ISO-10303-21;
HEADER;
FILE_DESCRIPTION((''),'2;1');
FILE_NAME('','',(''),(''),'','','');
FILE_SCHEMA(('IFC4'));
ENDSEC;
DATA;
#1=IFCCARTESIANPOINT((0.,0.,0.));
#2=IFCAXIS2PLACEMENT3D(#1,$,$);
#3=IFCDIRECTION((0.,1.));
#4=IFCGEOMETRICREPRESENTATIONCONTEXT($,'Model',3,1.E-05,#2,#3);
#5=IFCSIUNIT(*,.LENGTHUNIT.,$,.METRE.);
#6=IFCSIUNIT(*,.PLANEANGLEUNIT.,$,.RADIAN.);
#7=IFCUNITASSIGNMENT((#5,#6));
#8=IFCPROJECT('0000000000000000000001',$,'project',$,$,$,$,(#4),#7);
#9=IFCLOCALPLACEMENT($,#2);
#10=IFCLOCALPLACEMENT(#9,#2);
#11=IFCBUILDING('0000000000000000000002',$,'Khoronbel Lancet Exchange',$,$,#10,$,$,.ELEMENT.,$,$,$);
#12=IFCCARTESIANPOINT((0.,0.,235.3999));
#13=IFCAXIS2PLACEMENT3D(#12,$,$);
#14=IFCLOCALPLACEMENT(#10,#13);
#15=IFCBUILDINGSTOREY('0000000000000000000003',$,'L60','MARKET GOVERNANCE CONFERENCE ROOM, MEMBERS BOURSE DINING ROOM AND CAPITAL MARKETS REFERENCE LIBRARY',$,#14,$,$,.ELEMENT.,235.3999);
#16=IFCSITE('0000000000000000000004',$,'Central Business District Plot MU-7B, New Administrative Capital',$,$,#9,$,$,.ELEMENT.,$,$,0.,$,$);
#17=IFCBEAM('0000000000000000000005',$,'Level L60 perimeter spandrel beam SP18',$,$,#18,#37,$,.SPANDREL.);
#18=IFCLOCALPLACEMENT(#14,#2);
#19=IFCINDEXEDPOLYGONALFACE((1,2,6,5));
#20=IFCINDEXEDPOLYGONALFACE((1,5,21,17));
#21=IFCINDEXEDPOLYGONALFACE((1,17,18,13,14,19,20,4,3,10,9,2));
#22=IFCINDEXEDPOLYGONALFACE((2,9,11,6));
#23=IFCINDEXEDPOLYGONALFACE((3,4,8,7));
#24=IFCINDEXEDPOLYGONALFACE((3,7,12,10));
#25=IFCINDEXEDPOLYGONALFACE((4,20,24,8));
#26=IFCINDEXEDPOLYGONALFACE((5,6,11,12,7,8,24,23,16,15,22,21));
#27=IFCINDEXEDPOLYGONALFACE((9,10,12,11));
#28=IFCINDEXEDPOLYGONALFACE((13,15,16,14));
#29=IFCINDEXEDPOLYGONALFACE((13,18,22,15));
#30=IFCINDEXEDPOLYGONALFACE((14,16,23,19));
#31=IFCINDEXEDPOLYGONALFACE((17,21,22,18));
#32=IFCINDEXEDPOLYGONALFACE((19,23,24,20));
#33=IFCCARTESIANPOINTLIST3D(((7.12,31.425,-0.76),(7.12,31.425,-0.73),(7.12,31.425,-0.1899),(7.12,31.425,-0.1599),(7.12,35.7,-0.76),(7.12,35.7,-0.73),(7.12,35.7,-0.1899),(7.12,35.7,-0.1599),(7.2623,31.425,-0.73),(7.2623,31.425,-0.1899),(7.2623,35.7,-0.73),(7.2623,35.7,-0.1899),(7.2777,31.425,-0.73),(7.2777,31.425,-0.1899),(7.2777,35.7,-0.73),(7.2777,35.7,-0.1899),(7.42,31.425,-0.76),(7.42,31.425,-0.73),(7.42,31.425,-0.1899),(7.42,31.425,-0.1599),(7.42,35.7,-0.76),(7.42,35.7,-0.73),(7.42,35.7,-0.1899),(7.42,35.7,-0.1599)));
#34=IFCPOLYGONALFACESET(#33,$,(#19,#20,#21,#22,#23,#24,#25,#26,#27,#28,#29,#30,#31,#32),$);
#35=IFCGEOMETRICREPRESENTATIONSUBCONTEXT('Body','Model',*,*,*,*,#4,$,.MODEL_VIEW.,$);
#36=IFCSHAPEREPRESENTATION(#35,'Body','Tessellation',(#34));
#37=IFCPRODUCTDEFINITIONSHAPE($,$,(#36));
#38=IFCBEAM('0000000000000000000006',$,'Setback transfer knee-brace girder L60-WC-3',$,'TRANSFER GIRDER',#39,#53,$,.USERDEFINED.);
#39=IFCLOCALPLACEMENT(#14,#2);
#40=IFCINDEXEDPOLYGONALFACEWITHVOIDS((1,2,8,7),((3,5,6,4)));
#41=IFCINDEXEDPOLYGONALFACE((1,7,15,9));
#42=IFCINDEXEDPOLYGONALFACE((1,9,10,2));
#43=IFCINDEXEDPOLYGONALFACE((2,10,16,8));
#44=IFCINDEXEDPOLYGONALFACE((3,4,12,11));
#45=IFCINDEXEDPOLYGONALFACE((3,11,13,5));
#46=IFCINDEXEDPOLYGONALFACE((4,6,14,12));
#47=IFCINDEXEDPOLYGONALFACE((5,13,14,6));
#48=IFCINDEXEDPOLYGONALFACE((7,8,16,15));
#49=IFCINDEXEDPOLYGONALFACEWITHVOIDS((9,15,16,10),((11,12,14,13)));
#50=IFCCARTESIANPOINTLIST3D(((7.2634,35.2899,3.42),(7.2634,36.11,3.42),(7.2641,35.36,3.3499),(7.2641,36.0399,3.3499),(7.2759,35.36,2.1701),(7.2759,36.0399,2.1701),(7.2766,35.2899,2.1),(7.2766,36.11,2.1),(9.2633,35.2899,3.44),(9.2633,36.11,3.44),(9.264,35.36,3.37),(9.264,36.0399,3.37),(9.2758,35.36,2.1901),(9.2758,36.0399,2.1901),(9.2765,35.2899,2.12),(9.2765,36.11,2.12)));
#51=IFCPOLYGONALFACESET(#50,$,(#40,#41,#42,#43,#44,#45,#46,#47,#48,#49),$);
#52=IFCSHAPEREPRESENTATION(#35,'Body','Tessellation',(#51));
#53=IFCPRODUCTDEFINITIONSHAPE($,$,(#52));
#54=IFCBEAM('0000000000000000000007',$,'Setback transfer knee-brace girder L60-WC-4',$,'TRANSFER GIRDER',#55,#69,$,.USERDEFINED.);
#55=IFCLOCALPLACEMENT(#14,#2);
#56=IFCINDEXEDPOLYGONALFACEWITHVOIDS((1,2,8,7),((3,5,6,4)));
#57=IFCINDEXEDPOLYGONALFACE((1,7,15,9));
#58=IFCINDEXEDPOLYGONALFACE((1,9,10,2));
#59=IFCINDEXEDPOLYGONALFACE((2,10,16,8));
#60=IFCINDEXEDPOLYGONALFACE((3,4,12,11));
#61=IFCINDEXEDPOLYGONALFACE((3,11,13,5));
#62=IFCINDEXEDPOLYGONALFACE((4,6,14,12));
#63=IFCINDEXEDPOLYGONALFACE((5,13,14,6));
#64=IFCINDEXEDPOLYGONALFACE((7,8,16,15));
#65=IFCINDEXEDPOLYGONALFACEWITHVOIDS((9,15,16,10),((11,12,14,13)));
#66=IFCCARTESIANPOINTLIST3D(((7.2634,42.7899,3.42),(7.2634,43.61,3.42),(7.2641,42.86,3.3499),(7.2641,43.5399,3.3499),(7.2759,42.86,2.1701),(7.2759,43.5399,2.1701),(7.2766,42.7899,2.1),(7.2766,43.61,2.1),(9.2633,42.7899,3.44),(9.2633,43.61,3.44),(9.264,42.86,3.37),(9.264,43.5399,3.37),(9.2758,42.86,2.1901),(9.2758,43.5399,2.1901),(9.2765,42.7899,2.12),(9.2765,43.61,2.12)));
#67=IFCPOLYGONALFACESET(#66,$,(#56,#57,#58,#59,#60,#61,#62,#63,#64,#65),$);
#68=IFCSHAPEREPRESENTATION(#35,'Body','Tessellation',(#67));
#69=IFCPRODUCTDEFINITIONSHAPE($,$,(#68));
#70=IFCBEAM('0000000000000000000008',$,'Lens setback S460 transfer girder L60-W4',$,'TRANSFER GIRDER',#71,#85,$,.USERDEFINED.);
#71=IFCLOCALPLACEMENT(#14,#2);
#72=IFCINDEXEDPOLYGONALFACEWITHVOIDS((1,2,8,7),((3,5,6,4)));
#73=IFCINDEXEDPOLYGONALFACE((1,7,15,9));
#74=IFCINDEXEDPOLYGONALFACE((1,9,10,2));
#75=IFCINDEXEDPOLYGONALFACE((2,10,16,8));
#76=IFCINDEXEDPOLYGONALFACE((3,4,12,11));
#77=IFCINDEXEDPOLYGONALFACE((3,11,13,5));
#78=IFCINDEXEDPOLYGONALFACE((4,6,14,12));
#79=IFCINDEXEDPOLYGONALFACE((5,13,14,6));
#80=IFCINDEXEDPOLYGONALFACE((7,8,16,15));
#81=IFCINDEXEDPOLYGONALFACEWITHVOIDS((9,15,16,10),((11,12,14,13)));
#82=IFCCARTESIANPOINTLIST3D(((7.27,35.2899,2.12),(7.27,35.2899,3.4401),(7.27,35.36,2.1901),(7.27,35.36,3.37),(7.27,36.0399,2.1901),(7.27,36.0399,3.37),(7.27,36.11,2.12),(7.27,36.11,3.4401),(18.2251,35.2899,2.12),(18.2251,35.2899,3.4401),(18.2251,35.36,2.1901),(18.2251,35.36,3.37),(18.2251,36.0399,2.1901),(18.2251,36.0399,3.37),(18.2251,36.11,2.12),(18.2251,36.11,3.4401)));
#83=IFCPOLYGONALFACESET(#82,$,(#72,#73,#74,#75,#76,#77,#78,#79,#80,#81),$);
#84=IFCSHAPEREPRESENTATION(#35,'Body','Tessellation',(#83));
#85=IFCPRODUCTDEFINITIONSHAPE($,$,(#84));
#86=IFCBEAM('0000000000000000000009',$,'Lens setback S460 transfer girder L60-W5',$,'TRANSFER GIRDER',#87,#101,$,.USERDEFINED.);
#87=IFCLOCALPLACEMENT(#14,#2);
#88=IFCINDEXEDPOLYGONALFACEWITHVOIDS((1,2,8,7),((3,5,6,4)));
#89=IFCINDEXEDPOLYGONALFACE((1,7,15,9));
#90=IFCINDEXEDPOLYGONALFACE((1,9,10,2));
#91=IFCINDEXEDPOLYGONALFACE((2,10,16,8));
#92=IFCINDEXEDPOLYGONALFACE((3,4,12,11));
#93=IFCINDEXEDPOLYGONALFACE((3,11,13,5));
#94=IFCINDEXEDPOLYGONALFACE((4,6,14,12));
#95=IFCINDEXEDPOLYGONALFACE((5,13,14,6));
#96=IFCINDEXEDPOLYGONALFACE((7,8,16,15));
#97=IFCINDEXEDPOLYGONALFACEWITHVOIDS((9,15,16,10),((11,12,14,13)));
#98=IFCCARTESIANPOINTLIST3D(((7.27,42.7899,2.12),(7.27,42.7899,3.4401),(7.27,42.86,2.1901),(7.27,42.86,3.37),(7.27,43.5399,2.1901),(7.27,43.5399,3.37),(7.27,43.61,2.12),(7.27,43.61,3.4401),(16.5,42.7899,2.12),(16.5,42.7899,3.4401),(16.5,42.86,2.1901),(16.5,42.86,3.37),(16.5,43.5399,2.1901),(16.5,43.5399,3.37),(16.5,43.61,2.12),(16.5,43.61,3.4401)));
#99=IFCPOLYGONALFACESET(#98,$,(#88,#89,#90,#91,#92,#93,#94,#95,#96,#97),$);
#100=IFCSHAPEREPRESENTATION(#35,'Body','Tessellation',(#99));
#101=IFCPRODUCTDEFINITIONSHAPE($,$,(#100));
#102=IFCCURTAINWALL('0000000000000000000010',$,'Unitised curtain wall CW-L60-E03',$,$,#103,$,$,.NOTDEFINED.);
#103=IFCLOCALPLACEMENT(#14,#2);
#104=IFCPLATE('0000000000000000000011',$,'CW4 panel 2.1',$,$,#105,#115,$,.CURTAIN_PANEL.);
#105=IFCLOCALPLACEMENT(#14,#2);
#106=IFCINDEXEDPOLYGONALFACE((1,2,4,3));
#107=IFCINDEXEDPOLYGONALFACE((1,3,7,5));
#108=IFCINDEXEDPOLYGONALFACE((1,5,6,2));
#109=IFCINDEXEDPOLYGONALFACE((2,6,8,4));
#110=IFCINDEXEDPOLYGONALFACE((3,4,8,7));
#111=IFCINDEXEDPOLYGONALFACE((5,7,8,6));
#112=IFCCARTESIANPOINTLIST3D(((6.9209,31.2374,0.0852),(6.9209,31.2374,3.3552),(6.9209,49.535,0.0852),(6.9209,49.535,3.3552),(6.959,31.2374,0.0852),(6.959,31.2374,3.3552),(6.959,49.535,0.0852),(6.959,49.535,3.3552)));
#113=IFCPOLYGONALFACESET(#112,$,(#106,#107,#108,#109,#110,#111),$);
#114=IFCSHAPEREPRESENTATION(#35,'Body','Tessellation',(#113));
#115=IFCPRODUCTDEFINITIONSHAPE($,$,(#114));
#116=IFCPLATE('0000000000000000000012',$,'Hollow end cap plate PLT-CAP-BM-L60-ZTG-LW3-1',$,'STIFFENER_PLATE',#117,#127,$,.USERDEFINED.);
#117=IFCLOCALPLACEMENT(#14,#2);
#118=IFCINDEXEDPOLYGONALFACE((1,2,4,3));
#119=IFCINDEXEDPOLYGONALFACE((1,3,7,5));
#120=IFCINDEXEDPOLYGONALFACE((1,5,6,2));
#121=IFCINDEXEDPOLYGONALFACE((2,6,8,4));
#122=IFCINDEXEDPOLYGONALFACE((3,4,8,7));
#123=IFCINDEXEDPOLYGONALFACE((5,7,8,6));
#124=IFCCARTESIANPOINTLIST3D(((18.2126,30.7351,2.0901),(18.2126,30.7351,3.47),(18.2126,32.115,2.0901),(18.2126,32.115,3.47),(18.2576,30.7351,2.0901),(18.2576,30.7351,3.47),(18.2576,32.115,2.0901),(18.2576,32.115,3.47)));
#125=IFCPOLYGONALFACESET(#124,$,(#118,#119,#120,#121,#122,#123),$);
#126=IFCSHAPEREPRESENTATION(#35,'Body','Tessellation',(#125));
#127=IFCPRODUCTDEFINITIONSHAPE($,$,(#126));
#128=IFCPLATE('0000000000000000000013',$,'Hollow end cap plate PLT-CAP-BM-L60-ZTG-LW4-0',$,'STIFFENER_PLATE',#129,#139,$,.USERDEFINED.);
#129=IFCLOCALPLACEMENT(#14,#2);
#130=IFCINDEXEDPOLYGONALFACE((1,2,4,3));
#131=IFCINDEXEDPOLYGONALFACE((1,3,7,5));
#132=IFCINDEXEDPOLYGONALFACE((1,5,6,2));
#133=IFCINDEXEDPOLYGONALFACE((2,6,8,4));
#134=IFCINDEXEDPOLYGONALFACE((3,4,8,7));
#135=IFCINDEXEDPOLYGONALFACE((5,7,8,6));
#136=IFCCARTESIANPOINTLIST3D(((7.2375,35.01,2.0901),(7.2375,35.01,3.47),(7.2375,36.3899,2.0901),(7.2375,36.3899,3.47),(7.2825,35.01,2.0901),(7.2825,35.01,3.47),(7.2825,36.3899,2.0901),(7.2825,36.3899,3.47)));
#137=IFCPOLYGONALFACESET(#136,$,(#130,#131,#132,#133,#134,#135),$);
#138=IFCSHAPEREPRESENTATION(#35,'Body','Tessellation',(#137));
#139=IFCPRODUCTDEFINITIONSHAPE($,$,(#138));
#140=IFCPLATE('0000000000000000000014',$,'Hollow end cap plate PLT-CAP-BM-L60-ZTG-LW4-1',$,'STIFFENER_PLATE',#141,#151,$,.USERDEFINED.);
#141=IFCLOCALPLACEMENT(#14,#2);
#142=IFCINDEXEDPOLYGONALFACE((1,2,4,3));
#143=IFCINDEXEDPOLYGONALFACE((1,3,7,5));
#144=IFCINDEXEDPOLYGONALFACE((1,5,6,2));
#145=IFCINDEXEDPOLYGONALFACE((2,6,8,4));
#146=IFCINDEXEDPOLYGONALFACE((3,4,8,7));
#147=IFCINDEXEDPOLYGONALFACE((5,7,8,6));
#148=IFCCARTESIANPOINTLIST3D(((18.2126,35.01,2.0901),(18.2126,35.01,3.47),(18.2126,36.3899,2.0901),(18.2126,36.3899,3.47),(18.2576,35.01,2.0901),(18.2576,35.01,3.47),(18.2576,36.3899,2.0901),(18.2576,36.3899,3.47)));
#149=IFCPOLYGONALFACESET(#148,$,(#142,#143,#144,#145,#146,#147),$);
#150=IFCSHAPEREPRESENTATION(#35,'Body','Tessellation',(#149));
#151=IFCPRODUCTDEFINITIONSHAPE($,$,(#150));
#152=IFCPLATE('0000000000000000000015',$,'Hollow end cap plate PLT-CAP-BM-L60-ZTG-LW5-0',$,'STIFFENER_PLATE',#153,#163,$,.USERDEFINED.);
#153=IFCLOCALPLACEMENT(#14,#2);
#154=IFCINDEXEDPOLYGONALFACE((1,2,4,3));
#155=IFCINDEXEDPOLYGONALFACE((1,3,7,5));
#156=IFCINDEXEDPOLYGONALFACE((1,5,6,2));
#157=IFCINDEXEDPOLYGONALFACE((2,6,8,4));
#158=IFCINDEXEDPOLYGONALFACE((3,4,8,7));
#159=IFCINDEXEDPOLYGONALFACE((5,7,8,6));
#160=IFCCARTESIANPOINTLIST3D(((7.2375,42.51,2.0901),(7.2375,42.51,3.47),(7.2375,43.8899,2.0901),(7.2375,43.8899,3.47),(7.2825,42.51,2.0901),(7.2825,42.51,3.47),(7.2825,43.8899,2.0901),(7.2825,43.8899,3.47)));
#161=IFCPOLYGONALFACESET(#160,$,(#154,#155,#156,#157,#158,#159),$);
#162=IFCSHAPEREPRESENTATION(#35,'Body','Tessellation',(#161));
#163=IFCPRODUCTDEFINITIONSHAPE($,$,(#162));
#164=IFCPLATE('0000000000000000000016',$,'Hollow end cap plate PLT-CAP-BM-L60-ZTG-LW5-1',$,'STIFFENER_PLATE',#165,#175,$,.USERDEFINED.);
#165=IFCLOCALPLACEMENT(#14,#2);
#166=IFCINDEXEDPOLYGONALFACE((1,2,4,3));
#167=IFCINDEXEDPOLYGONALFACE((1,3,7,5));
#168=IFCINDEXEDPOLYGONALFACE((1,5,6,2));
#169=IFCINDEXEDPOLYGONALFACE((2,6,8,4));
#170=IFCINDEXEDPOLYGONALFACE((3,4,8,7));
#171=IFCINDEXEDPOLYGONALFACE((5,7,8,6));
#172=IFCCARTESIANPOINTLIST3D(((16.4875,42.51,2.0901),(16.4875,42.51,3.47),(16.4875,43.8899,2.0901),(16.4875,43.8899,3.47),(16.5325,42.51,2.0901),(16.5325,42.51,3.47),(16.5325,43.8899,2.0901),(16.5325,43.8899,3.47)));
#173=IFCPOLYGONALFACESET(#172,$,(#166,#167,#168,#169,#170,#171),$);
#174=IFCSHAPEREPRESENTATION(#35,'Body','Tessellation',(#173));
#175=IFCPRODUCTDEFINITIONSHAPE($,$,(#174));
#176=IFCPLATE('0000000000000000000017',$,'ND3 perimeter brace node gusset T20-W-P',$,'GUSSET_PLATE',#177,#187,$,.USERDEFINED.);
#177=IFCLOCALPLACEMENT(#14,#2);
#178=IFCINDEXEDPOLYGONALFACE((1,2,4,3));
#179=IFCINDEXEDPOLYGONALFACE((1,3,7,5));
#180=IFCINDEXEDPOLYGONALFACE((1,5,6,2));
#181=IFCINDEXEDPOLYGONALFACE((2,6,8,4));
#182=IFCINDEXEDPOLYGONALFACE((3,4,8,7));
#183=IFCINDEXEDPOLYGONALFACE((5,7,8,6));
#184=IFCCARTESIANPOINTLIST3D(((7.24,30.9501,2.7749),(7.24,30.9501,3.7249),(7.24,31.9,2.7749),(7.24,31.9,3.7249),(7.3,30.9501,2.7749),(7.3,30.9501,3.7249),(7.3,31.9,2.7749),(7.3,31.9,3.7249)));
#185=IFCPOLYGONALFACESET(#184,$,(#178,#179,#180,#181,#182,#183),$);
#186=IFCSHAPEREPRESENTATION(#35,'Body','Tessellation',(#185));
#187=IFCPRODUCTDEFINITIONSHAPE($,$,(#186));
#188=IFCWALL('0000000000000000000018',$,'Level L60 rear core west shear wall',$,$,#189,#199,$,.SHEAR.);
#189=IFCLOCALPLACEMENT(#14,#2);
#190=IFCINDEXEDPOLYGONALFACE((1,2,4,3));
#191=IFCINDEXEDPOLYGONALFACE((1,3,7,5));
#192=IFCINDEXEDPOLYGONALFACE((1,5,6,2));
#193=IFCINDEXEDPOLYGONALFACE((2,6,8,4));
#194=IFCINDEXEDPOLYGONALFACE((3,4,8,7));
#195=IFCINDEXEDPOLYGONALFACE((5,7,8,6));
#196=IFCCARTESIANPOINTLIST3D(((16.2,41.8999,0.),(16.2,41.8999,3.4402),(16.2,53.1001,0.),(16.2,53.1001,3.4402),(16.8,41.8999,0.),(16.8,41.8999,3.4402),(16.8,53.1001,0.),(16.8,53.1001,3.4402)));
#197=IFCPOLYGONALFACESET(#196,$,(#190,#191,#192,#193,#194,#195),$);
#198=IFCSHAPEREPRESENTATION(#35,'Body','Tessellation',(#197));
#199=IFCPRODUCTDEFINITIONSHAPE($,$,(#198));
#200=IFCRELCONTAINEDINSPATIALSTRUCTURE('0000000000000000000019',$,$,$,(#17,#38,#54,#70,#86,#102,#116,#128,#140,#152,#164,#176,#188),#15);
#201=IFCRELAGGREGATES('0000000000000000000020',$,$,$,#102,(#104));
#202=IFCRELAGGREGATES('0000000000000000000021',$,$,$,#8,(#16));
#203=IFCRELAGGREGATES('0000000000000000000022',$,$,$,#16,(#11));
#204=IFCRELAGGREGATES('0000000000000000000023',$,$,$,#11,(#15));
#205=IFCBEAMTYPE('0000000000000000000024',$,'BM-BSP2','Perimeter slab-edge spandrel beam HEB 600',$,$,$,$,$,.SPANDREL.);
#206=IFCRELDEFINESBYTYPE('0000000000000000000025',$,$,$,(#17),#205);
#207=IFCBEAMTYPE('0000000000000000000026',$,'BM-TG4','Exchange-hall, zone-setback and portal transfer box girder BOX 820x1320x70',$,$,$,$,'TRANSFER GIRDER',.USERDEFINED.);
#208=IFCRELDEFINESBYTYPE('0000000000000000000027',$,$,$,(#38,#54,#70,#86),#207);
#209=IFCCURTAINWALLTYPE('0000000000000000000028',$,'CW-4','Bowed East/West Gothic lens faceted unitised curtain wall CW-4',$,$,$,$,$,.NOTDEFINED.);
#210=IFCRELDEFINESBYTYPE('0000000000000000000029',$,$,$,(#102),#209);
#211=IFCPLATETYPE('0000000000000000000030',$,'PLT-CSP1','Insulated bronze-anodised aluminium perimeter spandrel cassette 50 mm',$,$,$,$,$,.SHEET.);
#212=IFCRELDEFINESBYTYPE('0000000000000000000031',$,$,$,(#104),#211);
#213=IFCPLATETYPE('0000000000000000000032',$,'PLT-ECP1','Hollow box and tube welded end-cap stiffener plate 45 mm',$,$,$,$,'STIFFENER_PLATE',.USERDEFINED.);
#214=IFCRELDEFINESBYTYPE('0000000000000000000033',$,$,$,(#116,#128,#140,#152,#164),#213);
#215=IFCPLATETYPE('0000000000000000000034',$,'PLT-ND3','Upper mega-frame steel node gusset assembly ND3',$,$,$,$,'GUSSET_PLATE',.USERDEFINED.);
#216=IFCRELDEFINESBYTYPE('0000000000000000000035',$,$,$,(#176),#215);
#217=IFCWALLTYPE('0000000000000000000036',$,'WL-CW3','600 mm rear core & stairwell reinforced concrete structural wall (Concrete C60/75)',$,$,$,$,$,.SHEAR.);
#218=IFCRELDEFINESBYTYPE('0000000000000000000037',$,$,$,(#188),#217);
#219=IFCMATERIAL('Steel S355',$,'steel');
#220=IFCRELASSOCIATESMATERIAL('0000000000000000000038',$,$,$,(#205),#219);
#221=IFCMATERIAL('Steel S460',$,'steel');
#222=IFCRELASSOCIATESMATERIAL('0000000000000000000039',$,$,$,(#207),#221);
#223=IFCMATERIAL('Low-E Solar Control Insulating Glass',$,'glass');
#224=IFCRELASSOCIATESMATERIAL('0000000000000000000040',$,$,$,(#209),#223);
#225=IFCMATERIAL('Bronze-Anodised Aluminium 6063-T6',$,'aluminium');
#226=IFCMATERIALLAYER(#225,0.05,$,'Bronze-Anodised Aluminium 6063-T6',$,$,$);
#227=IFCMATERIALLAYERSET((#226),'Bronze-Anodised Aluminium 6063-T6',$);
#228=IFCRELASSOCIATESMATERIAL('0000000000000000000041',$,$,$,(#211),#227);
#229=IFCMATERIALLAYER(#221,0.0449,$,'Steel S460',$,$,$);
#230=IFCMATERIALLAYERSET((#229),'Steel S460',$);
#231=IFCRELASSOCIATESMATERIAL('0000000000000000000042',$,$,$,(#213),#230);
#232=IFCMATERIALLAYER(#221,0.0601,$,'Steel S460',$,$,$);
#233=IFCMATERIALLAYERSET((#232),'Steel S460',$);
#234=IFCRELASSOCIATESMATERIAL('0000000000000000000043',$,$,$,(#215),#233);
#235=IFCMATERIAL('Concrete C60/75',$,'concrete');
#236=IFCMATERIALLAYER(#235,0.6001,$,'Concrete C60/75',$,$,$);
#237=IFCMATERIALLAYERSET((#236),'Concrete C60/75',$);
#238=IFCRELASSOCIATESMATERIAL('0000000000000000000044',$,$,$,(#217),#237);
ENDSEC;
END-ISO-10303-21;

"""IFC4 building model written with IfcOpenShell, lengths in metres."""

from ifc_helpers import new_model, si_unit, direction, frame, frame_2d, origin, origin_2d, place, context, subcontext, project, spatial, rectangle, hollow_rectangle, i_section, extrude, material, layer, layer_set, material_profile, profile_set, type_object, element, aggregate, save


model = new_model("IFC4")

# Units and contexts
model_context = context("Model", 3, precision=1e-05, world=origin(), true_north=direction((0.0, 1.0)))
body_context = subcontext(model_context, "Body", "Model", "MODEL_VIEW")
ifc_project = project(units=[si_unit("LENGTHUNIT", "METRE"), si_unit("PLANEANGLEUNIT", "RADIAN")], contexts=[model_context])

# Site, building, storey
site_placement = place(None, origin())
site = spatial("IfcSite", under=ifc_project, at=site_placement, Name="Central Business District Plot MU-7B, New Administrative Capital", CompositionType="ELEMENT", RefElevation=0.0)
building_placement = place(site_placement, origin())
building = spatial("IfcBuilding", under=site, at=building_placement, Name="Khoronbel Lancet Exchange", CompositionType="ELEMENT")
storey_placement = place(building_placement, frame((0.0, 0.0, 235.3999)))
storey = spatial("IfcBuildingStorey", under=building, at=storey_placement, Name="L60", Description="MARKET GOVERNANCE CONFERENCE ROOM, MEMBERS BOURSE DINING ROOM AND CAPITAL MARKETS REFERENCE LIBRARY", CompositionType="ELEMENT", Elevation=235.3999)

# Shared definitions
ifc_material_1 = material(Name="Steel S355", Category="steel")

# Beams
ifc_material_profile_1 = material_profile(ifc_material_1, i_section(OverallWidth=0.3, OverallDepth=0.6001, WebThickness=0.0154, FlangeThickness=0.03, at=origin_2d()), Name="HEB 600")
ifc_profile_set_1 = profile_set([ifc_material_profile_1], Name="Steel S355")
beam_type_1 = type_object("IfcBeamType", Name="BM-BSP2", Description="Perimeter slab-edge spandrel beam HEB 600", PredefinedType="SPANDREL", material=ifc_profile_set_1)
beam_1_placement = place(storey_placement, frame((7.27, 35.7, -0.46), z_axis=(0.0, -1.0, 0.0), x_axis=(1.0, 0.0, 0.0)))
element("IfcBeam", 1, at=beam_1_placement, inside=storey, type_object=beam_type_1, Name="Level L60 perimeter spandrel beam SP18", PredefinedType="SPANDREL", context=body_context, shape_type="SweptSolid", body=[
    extrude(i_section(OverallWidth=0.3, OverallDepth=0.6001, WebThickness=0.0154, FlangeThickness=0.03, at=origin_2d()), origin(), (0.0, 0.0, 1.0), 4.2749),
])
ifc_material_2 = material(Name="Steel S460", Category="steel")
ifc_material_profile_2 = material_profile(ifc_material_2, hollow_rectangle(XDim=0.8201, YDim=1.3201, WallThickness=0.0701, at=origin_2d()), Name="BOX 820x1320x70")
ifc_profile_set_2 = profile_set([ifc_material_profile_2], Name="Steel S460")
beam_type_2 = type_object("IfcBeamType", Name="BM-TG4", Description="Exchange-hall, zone-setback and portal transfer box girder BOX 820x1320x70", ElementType="TRANSFER GIRDER", PredefinedType="USERDEFINED", material=ifc_profile_set_2)
for number, where, z_axis, x_axis, name in (
    (2, (7.27, 35.7, 2.76), (0.99995, 0.0, 0.010009), (0.0, 1.0, 0.0), "Setback transfer knee-brace girder L60-WC-3"),
    (3, (7.27, 43.2, 2.76), (0.99995, 0.0, 0.010009), (0.0, 1.0, 0.0), "Setback transfer knee-brace girder L60-WC-4"),
):
    element("IfcBeam", number, at=place(storey_placement, frame(where, z_axis=z_axis, x_axis=x_axis)), inside=storey, type_object=beam_type_2, Name=name, ObjectType="TRANSFER GIRDER", PredefinedType="USERDEFINED", context=body_context, shape_type="SweptSolid", body=[
        extrude(hollow_rectangle(XDim=0.8201, YDim=1.3201, WallThickness=0.0701, at=origin_2d()), origin(), (0.0, 0.0, 1.0), 2.0),
    ])
beam_2_placement = place(storey_placement, frame((7.27, 35.7, 2.78), z_axis=(1.0, 0.0, 0.0), x_axis=(0.0, 1.0, 0.0)))
element("IfcBeam", 4, at=beam_2_placement, inside=storey, type_object=beam_type_2, Name="Lens setback S460 transfer girder L60-W4", ObjectType="TRANSFER GIRDER", PredefinedType="USERDEFINED", context=body_context, shape_type="SweptSolid", body=[
    extrude(hollow_rectangle(XDim=0.8201, YDim=1.3201, WallThickness=0.0701, at=origin_2d()), origin(), (0.0, 0.0, 1.0), 10.9551),
])
beam_3_placement = place(storey_placement, frame((7.27, 43.2, 2.78), z_axis=(1.0, 0.0, 0.0), x_axis=(0.0, 1.0, 0.0)))
element("IfcBeam", 5, at=beam_3_placement, inside=storey, type_object=beam_type_2, Name="Lens setback S460 transfer girder L60-W5", ObjectType="TRANSFER GIRDER", PredefinedType="USERDEFINED", context=body_context, shape_type="SweptSolid", body=[
    extrude(hollow_rectangle(XDim=0.8201, YDim=1.3201, WallThickness=0.0701, at=origin_2d()), origin(), (0.0, 0.0, 1.0), 9.23),
])

# Curtain wall, plate
ifc_material_3 = material(Name="Low-E Solar Control Insulating Glass", Category="glass")
curtain_wall_type = type_object("IfcCurtainWallType", Name="CW-4", Description="Bowed East/West Gothic lens faceted unitised curtain wall CW-4", PredefinedType="NOTDEFINED", material=ifc_material_3)
curtain_wall_placement = place(storey_placement, origin())
curtain_wall = element("IfcCurtainWall", 6, at=curtain_wall_placement, inside=storey, type_object=curtain_wall_type, Name="Unitised curtain wall CW-L60-E03", PredefinedType="NOTDEFINED")
ifc_material_4 = material(Name="Bronze-Anodised Aluminium 6063-T6", Category="aluminium")
ifc_layer_1 = layer(ifc_material_4, 0.05, Name="Bronze-Anodised Aluminium 6063-T6")
ifc_layer_set_1 = layer_set([ifc_layer_1], Name="Bronze-Anodised Aluminium 6063-T6")
plate_type_1 = type_object("IfcPlateType", Name="PLT-CSP1", Description="Insulated bronze-anodised aluminium perimeter spandrel cassette 50 mm", PredefinedType="SHEET", material=ifc_layer_set_1)
plate_1_placement = place(storey_placement, frame((6.9399, 40.3862, 0.0852), z_axis=(0.0, 0.0, 1.0), x_axis=(0.0, 1.0, 0.0)))
plate_1 = element("IfcPlate", 7, at=plate_1_placement, type_object=plate_type_1, Name="CW4 panel 2.1", PredefinedType="CURTAIN_PANEL", context=body_context, shape_type="SweptSolid", body=[
    extrude(rectangle(XDim=18.2976, YDim=0.0381, at=origin_2d()), origin(), (0.0, 0.0, 1.0), 3.27),
])
aggregate(curtain_wall, [plate_1])

# Plates
ifc_layer_2 = layer(ifc_material_2, 0.0449, Name="Steel S460")
ifc_layer_set_2 = layer_set([ifc_layer_2], Name="Steel S460")
plate_type_2 = type_object("IfcPlateType", Name="PLT-ECP1", Description="Hollow box and tube welded end-cap stiffener plate 45 mm", ElementType="STIFFENER_PLATE", PredefinedType="USERDEFINED", material=ifc_layer_set_2)
for number, where, z_axis, x_axis, name in (
    (8, (18.2351, 31.425, 2.0901), (0.0, 0.0, 1.0), (1.0, 0.0, 0.0), "Hollow end cap plate PLT-CAP-BM-L60-ZTG-LW3-1"),
    (9, (7.26, 35.7, 2.0901), (0.0, 0.0, 1.0), (-1.0, 0.0, 0.0), "Hollow end cap plate PLT-CAP-BM-L60-ZTG-LW4-0"),
    (10, (18.2351, 35.7, 2.0901), (0.0, 0.0, 1.0), (1.0, 0.0, 0.0), "Hollow end cap plate PLT-CAP-BM-L60-ZTG-LW4-1"),
    (11, (7.26, 43.2, 2.0901), (0.0, 0.0, 1.0), (-1.0, 0.0, 0.0), "Hollow end cap plate PLT-CAP-BM-L60-ZTG-LW5-0"),
    (12, (16.51, 43.2, 2.0901), (0.0, 0.0, 1.0), (1.0, 0.0, 0.0), "Hollow end cap plate PLT-CAP-BM-L60-ZTG-LW5-1"),
):
    element("IfcPlate", number, at=place(storey_placement, frame(where, z_axis=z_axis, x_axis=x_axis)), inside=storey, type_object=plate_type_2, Name=name, ObjectType="STIFFENER_PLATE", PredefinedType="USERDEFINED", context=body_context, shape_type="SweptSolid", body=[
        extrude(rectangle(XDim=0.0449, YDim=1.3799, at=origin_2d()), origin(), (0.0, 0.0, 1.0), 1.3799),
    ])
ifc_layer_3 = layer(ifc_material_2, 0.0601, Name="Steel S460")
ifc_layer_set_3 = layer_set([ifc_layer_3], Name="Steel S460")
plate_type_3 = type_object("IfcPlateType", Name="PLT-ND3", Description="Upper mega-frame steel node gusset assembly ND3", ElementType="GUSSET_PLATE", PredefinedType="USERDEFINED", material=ifc_layer_set_3)
plate_2_placement = place(storey_placement, frame((7.27, 31.425, 2.7749), z_axis=(0.0, 0.0, 1.0), x_axis=(0.0, 1.0, 0.0)))
element("IfcPlate", 13, at=plate_2_placement, inside=storey, type_object=plate_type_3, Name="ND3 perimeter brace node gusset T20-W-P", ObjectType="GUSSET_PLATE", PredefinedType="USERDEFINED", context=body_context, shape_type="SweptSolid", body=[
    extrude(rectangle(XDim=0.95, YDim=0.0601, at=origin_2d()), origin(), (0.0, 0.0, 1.0), 0.95),
])

# Wall
ifc_material_5 = material(Name="Concrete C60/75", Category="concrete")
ifc_layer_4 = layer(ifc_material_5, 0.6001, Name="Concrete C60/75")
ifc_layer_set_4 = layer_set([ifc_layer_4], Name="Concrete C60/75")
wall_type_1 = type_object("IfcWallType", Name="WL-CW3", Description="600 mm rear core & stairwell reinforced concrete structural wall (Concrete C60/75)", PredefinedType="SHEAR", material=ifc_layer_set_4)
wall_1_placement = place(storey_placement, frame((16.5, 41.8999, 0.0), z_axis=(0.0, 0.0, 1.0), x_axis=(0.0, 1.0, 0.0)))
element("IfcWall", 14, at=wall_1_placement, inside=storey, type_object=wall_type_1, Name="Level L60 rear core west shear wall", PredefinedType="SHEAR", context=body_context, shape_type="SweptSolid", body=[
    extrude(rectangle(XDim=11.2002, YDim=0.6001, at=frame_2d((5.6001, 0.0))), origin(), (0.0, 0.0, 1.0), 3.4402),
])

save(model, "model.ifc")
